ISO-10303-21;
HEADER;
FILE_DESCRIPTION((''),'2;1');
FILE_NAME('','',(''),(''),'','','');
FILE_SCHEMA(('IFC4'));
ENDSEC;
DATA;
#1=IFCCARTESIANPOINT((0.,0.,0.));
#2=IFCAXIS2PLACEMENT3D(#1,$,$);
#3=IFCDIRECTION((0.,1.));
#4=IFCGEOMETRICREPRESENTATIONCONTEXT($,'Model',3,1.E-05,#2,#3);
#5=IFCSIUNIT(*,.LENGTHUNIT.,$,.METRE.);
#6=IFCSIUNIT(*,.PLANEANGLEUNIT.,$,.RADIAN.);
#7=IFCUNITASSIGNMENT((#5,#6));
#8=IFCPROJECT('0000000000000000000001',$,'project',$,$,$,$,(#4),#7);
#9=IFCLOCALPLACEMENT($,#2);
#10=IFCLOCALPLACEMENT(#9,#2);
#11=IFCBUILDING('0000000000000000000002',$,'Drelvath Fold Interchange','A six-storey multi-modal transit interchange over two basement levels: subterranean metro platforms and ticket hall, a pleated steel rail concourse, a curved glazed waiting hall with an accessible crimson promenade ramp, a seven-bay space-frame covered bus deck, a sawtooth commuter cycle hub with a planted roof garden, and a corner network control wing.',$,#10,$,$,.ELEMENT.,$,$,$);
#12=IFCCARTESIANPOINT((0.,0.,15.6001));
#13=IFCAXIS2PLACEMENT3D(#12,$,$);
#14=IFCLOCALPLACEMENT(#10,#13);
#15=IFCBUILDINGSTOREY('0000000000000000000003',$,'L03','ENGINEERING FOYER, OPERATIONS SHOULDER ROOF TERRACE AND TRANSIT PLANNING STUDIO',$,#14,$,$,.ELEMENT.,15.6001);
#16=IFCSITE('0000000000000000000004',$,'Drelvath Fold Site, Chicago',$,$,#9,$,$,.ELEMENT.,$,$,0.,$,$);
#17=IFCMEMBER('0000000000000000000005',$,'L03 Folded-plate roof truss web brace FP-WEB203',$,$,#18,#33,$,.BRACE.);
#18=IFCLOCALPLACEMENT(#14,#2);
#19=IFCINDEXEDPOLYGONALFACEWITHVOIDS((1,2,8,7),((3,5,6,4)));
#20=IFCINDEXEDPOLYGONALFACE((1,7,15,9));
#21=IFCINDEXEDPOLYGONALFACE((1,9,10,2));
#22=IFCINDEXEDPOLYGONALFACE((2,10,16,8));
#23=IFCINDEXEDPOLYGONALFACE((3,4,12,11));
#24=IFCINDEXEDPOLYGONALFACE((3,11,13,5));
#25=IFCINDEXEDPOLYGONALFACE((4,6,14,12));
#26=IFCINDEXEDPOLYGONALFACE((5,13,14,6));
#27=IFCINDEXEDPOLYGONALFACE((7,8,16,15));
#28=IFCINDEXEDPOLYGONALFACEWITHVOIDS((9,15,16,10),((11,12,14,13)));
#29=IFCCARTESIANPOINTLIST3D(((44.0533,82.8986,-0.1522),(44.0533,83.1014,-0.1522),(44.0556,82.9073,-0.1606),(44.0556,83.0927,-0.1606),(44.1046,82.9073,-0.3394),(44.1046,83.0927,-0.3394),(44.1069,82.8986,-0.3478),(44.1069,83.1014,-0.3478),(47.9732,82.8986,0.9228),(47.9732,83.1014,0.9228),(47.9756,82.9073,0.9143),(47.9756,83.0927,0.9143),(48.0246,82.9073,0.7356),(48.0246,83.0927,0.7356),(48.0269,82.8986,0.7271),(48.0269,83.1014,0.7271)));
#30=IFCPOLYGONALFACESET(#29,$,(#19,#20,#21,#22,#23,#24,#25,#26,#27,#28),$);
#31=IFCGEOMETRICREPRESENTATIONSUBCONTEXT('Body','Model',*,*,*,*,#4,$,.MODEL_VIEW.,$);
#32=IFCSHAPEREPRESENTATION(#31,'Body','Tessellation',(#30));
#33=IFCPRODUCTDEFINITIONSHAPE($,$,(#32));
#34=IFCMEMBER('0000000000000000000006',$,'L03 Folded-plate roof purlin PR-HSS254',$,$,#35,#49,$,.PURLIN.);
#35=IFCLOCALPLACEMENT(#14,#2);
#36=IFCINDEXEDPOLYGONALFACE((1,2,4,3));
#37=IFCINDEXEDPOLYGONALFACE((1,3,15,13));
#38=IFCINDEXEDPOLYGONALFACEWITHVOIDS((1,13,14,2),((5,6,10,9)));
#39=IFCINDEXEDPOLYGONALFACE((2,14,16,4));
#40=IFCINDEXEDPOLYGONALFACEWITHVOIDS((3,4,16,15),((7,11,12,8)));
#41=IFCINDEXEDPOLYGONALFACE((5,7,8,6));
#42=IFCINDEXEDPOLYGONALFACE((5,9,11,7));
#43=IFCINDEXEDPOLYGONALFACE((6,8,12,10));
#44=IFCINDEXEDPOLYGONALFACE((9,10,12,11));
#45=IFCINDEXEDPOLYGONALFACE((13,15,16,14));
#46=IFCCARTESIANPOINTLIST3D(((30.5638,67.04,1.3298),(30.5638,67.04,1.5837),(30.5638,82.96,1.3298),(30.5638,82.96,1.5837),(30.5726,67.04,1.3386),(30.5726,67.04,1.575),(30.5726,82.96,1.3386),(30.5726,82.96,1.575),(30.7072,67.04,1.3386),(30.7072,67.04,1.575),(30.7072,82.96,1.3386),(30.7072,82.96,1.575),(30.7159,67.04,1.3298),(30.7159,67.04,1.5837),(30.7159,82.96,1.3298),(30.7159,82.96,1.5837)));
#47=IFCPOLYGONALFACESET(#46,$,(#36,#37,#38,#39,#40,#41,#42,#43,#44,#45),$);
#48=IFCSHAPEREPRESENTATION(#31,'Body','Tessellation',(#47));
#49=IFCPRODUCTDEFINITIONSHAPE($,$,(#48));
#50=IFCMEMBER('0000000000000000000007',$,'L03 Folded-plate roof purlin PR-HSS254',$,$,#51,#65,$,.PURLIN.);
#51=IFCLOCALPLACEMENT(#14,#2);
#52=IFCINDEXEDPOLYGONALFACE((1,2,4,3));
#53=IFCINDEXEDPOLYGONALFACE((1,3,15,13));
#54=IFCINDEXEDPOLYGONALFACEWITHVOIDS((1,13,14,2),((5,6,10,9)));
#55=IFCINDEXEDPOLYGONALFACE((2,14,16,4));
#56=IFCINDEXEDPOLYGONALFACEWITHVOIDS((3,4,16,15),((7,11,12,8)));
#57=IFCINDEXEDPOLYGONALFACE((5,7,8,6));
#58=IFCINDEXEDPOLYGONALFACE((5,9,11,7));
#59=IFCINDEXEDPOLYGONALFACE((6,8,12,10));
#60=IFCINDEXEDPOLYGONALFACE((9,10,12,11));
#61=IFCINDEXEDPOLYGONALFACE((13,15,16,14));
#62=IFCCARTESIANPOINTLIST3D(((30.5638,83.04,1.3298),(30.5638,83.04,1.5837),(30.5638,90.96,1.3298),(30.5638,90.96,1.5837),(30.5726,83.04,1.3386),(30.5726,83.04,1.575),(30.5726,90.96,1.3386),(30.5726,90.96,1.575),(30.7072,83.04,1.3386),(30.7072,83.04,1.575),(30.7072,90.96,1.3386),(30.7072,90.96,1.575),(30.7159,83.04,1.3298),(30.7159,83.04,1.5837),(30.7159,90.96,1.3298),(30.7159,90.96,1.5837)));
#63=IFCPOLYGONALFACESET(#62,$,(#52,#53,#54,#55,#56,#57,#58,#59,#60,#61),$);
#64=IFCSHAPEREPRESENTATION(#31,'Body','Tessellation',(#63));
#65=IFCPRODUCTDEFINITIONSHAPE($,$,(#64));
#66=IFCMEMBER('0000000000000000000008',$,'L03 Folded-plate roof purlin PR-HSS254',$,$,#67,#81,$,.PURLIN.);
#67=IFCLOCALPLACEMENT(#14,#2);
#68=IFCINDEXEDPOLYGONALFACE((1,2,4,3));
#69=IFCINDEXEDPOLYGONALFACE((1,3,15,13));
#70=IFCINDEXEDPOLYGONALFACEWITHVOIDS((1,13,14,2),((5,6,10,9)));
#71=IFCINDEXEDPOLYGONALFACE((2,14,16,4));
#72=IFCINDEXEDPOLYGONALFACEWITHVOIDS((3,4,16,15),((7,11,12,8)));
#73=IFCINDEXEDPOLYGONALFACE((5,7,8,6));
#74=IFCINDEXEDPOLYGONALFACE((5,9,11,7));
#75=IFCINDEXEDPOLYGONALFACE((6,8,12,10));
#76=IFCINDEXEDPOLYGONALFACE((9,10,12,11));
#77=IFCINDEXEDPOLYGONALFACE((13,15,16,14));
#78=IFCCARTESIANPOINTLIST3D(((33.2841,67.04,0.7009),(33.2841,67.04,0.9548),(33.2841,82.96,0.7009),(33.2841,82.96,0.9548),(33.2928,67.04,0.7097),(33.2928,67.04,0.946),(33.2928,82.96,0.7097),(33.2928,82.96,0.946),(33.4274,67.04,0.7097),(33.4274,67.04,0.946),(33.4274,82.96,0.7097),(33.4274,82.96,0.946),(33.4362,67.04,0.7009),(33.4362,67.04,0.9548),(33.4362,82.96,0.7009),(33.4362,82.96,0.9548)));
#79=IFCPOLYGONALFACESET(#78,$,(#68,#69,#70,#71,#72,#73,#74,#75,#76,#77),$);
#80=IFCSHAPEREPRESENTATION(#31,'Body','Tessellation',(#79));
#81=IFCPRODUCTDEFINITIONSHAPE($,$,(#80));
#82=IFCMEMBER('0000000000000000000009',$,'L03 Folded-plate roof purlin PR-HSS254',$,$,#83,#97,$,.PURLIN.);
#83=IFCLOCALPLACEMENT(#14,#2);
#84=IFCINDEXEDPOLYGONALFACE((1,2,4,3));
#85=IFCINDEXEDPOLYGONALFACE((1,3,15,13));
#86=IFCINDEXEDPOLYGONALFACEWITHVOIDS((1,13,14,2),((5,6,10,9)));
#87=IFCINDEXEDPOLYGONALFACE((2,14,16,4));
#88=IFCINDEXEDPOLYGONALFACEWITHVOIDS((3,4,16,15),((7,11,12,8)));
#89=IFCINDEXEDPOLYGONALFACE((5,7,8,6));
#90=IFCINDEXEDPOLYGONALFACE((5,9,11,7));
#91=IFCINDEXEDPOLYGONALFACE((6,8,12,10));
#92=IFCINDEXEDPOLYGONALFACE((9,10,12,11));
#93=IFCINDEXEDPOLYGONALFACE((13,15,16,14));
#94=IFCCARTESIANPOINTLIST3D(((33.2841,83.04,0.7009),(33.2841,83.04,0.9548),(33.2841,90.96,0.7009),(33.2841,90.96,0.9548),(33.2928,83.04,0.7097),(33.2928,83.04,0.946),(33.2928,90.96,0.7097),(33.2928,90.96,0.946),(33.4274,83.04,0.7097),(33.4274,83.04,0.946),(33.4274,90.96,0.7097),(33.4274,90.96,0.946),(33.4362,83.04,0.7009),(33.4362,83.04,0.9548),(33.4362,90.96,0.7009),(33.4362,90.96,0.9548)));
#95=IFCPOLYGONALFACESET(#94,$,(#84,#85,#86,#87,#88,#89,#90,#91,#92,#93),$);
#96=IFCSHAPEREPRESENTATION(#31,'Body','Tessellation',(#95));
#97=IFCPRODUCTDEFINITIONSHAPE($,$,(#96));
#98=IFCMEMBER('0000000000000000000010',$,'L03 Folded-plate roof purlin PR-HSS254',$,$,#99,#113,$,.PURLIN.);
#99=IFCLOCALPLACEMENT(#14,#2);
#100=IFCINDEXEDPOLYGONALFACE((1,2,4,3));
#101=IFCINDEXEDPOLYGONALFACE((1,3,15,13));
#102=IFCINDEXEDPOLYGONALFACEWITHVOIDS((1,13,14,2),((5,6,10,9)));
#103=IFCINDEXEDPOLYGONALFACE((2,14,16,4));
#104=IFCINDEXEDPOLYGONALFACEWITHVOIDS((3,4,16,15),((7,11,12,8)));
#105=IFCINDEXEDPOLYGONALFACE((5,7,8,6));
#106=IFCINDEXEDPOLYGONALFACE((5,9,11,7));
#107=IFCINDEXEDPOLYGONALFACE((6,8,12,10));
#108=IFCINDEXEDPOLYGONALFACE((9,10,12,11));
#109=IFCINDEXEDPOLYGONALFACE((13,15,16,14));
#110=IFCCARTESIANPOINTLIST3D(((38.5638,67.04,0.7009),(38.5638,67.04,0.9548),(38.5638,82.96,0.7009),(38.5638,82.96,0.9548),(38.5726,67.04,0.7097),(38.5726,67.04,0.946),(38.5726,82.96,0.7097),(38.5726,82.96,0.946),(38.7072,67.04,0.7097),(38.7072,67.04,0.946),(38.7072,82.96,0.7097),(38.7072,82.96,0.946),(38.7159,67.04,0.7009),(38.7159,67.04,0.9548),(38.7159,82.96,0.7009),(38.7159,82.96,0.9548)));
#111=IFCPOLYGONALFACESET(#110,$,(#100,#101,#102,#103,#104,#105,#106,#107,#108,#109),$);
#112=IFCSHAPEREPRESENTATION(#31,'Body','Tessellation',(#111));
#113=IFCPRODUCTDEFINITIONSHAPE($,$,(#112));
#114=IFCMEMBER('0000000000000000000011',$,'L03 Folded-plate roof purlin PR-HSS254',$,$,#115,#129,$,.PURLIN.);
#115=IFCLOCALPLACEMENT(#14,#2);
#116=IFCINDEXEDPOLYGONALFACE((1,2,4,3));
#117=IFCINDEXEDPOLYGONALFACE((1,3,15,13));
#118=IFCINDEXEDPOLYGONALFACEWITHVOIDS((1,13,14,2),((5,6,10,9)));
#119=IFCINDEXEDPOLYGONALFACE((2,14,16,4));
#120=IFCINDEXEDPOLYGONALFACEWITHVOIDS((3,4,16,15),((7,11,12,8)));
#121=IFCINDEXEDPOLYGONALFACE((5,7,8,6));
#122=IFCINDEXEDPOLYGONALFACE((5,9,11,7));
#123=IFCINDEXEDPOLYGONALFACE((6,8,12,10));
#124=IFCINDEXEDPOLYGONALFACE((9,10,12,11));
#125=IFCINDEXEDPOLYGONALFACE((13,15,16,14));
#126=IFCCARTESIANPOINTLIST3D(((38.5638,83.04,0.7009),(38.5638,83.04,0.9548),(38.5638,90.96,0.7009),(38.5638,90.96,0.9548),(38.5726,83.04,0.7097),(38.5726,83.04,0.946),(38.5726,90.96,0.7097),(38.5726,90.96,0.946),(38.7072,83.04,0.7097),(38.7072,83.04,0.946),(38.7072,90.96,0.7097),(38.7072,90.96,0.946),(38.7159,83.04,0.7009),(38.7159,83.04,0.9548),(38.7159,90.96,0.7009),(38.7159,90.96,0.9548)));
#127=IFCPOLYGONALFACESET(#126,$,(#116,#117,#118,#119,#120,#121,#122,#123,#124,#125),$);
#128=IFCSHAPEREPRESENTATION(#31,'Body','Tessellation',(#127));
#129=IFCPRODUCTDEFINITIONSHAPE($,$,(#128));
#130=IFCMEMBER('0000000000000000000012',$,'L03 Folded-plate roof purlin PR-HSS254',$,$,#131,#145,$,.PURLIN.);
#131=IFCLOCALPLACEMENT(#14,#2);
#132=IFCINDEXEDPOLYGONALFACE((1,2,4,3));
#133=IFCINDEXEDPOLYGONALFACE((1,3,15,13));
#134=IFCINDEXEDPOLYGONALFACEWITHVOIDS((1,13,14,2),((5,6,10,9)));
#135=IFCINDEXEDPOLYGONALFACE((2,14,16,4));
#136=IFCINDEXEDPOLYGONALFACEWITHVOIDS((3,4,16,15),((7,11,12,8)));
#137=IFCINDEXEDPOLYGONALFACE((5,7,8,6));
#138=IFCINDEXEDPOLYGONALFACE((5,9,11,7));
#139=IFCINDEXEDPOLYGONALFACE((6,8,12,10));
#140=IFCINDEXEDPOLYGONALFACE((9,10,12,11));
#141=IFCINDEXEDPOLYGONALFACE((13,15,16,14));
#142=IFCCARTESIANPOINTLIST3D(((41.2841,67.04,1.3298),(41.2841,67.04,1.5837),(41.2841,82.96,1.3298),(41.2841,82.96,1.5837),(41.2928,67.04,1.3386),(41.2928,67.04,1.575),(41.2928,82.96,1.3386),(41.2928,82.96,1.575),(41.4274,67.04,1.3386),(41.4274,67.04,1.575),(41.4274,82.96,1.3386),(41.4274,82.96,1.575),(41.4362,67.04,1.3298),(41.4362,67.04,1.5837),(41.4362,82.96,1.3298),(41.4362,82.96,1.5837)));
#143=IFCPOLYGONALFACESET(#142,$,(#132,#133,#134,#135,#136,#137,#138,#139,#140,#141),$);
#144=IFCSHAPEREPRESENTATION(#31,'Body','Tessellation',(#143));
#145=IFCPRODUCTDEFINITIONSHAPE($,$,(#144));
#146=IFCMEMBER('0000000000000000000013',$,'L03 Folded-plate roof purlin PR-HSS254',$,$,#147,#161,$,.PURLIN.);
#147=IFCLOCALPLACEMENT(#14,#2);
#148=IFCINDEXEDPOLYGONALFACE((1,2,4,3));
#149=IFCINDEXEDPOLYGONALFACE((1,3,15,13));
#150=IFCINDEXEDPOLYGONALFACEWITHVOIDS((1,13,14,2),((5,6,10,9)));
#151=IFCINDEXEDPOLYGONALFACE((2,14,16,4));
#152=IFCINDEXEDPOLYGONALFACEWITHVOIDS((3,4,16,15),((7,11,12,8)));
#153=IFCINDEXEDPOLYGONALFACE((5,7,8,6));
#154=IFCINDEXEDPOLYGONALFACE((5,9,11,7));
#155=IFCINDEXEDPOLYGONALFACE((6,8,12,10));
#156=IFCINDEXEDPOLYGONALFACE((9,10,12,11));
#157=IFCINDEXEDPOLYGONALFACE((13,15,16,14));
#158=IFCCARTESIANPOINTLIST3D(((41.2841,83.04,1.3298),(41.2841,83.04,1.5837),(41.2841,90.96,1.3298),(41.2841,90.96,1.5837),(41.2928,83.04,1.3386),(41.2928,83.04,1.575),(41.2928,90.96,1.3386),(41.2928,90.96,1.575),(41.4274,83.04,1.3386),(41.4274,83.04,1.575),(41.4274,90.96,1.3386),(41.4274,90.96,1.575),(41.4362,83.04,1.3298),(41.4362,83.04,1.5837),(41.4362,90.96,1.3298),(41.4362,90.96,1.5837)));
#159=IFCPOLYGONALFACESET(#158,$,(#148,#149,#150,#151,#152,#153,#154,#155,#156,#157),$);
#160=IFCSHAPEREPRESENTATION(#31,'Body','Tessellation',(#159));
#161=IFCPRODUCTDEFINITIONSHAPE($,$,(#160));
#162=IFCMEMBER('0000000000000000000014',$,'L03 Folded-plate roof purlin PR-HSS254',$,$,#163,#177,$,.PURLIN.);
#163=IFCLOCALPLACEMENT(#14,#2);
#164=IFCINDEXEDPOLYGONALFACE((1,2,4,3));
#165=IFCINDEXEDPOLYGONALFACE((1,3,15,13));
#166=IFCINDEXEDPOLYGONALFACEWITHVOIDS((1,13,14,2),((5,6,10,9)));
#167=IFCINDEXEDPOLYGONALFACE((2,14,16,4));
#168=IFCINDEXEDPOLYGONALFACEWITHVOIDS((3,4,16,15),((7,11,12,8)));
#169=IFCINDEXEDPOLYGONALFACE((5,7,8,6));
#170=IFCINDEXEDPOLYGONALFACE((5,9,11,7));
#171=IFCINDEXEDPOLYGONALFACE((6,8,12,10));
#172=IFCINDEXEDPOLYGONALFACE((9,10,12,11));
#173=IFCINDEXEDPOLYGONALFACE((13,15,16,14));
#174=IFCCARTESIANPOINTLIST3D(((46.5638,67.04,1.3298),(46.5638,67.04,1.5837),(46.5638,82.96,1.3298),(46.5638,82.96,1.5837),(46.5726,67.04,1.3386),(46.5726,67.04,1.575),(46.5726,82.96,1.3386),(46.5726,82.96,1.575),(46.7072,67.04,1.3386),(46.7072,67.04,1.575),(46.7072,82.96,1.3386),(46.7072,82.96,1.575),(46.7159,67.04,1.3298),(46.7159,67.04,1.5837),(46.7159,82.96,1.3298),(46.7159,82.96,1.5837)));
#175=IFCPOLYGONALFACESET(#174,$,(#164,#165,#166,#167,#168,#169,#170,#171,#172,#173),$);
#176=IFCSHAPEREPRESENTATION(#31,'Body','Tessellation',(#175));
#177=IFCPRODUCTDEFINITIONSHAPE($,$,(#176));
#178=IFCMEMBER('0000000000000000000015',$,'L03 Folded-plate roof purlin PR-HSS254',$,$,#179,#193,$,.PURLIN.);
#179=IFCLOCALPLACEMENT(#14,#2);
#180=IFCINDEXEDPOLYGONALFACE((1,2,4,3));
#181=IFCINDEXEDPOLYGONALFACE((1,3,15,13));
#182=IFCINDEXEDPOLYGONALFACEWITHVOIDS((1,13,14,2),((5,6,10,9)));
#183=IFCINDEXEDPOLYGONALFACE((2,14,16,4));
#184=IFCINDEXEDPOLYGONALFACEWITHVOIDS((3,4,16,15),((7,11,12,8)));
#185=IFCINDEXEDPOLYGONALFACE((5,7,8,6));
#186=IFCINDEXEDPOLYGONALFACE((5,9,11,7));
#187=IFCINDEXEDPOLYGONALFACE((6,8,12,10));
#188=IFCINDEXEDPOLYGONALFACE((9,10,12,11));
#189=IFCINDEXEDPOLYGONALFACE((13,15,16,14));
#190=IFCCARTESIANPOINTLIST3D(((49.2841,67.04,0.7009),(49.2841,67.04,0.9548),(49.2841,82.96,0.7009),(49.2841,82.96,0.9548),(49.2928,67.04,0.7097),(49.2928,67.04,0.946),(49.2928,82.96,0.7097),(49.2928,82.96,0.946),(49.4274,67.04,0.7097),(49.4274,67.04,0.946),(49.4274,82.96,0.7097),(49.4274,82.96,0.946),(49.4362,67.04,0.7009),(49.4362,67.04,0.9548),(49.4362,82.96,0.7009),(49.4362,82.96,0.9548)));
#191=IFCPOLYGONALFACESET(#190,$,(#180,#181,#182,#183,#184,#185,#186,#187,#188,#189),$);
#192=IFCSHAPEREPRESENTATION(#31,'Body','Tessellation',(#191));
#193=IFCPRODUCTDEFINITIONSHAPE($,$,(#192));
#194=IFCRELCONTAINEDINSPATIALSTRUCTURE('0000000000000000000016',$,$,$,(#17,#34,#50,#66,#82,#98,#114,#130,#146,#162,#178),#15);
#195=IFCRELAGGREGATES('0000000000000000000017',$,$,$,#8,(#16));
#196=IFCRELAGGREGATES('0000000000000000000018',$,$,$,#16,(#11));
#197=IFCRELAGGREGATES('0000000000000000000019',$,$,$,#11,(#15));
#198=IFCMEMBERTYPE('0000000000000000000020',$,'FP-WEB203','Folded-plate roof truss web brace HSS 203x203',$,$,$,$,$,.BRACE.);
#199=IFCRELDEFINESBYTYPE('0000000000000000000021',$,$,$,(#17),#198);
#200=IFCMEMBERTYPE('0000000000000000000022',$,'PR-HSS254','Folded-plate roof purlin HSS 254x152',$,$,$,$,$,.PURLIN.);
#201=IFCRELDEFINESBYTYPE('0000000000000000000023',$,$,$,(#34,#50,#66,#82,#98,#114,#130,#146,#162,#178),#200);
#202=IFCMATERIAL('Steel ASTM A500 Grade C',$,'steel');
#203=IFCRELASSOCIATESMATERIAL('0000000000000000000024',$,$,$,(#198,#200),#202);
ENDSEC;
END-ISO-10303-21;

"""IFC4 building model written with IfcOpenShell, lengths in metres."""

from ifc_helpers import new_model, si_unit, direction, frame, origin, origin_2d, place, context, subcontext, project, spatial, hollow_rectangle, extrude, material, material_profile, profile_set, type_object, element, save


model = new_model("IFC4")

# Units and contexts
model_context = context("Model", 3, precision=1e-05, world=origin(), true_north=direction((0.0, 1.0)))
body_context = subcontext(model_context, "Body", "Model", "MODEL_VIEW")
ifc_project = project(units=[si_unit("LENGTHUNIT", "METRE"), si_unit("PLANEANGLEUNIT", "RADIAN")], contexts=[model_context])

# Site, building, storey
site_placement = place(None, origin())
site = spatial("IfcSite", under=ifc_project, at=site_placement, Name="Drelvath Fold Site, Chicago", CompositionType="ELEMENT", RefElevation=0.0)
building_placement = place(site_placement, origin())
building = spatial("IfcBuilding", under=site, at=building_placement, Name="Drelvath Fold Interchange", Description="A six-storey multi-modal transit interchange over two basement levels: subterranean metro platforms and ticket hall, a pleated steel rail concourse, a curved glazed waiting hall with an accessible crimson promenade ramp, a seven-bay space-frame covered bus deck, a sawtooth commuter cycle hub with a planted roof garden, and a corner network control wing.", CompositionType="ELEMENT")
storey_placement = place(building_placement, frame((0.0, 0.0, 15.6001)))
storey = spatial("IfcBuildingStorey", under=building, at=storey_placement, Name="L03", Description="ENGINEERING FOYER, OPERATIONS SHOULDER ROOF TERRACE AND TRANSIT PLANNING STUDIO", CompositionType="ELEMENT", Elevation=15.6001)

# Members
ifc_material_1 = material(Name="Steel ASTM A500 Grade C", Category="steel")
ifc_material_profile_1 = material_profile(ifc_material_1, hollow_rectangle(XDim=0.2029, YDim=0.2029, WallThickness=0.0088, at=origin_2d()), Name="HSS8X8X3/8")
ifc_profile_set_1 = profile_set([ifc_material_profile_1], Name="Steel ASTM A500 Grade C")
member_type_1 = type_object("IfcMemberType", Name="FP-WEB203", Description="Folded-plate roof truss web brace HSS 203x203", PredefinedType="BRACE", material=ifc_profile_set_1)
for number, where, z_axis, x_axis, name in (
    (1, (44.0801, 83.0, -0.25), (0.964396, 0.0, 0.264464), (0.0, 1.0, 0.0), "L03 Folded-plate roof truss web brace FP-WEB203"),
):
    element("IfcMember", number, at=place(storey_placement, frame(where, z_axis=z_axis, x_axis=x_axis)), inside=storey, type_object=member_type_1, Name=name, PredefinedType="BRACE", context=body_context, shape_type="SweptSolid", body=[
        extrude(hollow_rectangle(XDim=0.2029, YDim=0.2029, WallThickness=0.0088, at=origin_2d()), origin(), (0.0, 0.0, 1.0), 4.0647),
    ])
ifc_material_profile_2 = material_profile(ifc_material_1, hollow_rectangle(XDim=0.1521, YDim=0.2539, WallThickness=0.0088, at=origin_2d()), Name="HSS10X6X3/8")
ifc_profile_set_2 = profile_set([ifc_material_profile_2], Name="Steel ASTM A500 Grade C")
member_type_2 = type_object("IfcMemberType", Name="PR-HSS254", Description="Folded-plate roof purlin HSS 254x152", PredefinedType="PURLIN", material=ifc_profile_set_2)
member_1_placement = place(storey_placement, frame((30.6399, 67.04, 1.4568), z_axis=(0.0, 1.0, 0.0), x_axis=(-1.0, 0.0, 0.0)))
element("IfcMember", 2, at=member_1_placement, inside=storey, type_object=member_type_2, Name="L03 Folded-plate roof purlin PR-HSS254", PredefinedType="PURLIN", context=body_context, shape_type="SweptSolid", body=[
    extrude(hollow_rectangle(XDim=0.1521, YDim=0.2539, WallThickness=0.0088, at=origin_2d()), origin(), (0.0, 0.0, 1.0), 15.9199),
])
member_2_placement = place(storey_placement, frame((30.6399, 83.04, 1.4568), z_axis=(0.0, 1.0, 0.0), x_axis=(-1.0, 0.0, 0.0)))
element("IfcMember", 3, at=member_2_placement, inside=storey, type_object=member_type_2, Name="L03 Folded-plate roof purlin PR-HSS254", PredefinedType="PURLIN", context=body_context, shape_type="SweptSolid", body=[
    extrude(hollow_rectangle(XDim=0.1521, YDim=0.2539, WallThickness=0.0088, at=origin_2d()), origin(), (0.0, 0.0, 1.0), 7.9199),
])
member_3_placement = place(storey_placement, frame((33.3601, 67.04, 0.8279), z_axis=(0.0, 1.0, 0.0), x_axis=(-1.0, 0.0, 0.0)))
element("IfcMember", 4, at=member_3_placement, inside=storey, type_object=member_type_2, Name="L03 Folded-plate roof purlin PR-HSS254", PredefinedType="PURLIN", context=body_context, shape_type="SweptSolid", body=[
    extrude(hollow_rectangle(XDim=0.1521, YDim=0.2539, WallThickness=0.0088, at=origin_2d()), origin(), (0.0, 0.0, 1.0), 15.9199),
])
member_4_placement = place(storey_placement, frame((33.3601, 83.04, 0.8279), z_axis=(0.0, 1.0, 0.0), x_axis=(-1.0, 0.0, 0.0)))
element("IfcMember", 5, at=member_4_placement, inside=storey, type_object=member_type_2, Name="L03 Folded-plate roof purlin PR-HSS254", PredefinedType="PURLIN", context=body_context, shape_type="SweptSolid", body=[
    extrude(hollow_rectangle(XDim=0.1521, YDim=0.2539, WallThickness=0.0088, at=origin_2d()), origin(), (0.0, 0.0, 1.0), 7.9199),
])
member_5_placement = place(storey_placement, frame((38.6399, 67.04, 0.8279), z_axis=(0.0, 1.0, 0.0), x_axis=(-1.0, 0.0, 0.0)))
element("IfcMember", 6, at=member_5_placement, inside=storey, type_object=member_type_2, Name="L03 Folded-plate roof purlin PR-HSS254", PredefinedType="PURLIN", context=body_context, shape_type="SweptSolid", body=[
    extrude(hollow_rectangle(XDim=0.1521, YDim=0.2539, WallThickness=0.0088, at=origin_2d()), origin(), (0.0, 0.0, 1.0), 15.9199),
])
member_6_placement = place(storey_placement, frame((38.6399, 83.04, 0.8279), z_axis=(0.0, 1.0, 0.0), x_axis=(-1.0, 0.0, 0.0)))
element("IfcMember", 7, at=member_6_placement, inside=storey, type_object=member_type_2, Name="L03 Folded-plate roof purlin PR-HSS254", PredefinedType="PURLIN", context=body_context, shape_type="SweptSolid", body=[
    extrude(hollow_rectangle(XDim=0.1521, YDim=0.2539, WallThickness=0.0088, at=origin_2d()), origin(), (0.0, 0.0, 1.0), 7.9199),
])
member_7_placement = place(storey_placement, frame((41.3601, 67.04, 1.4568), z_axis=(0.0, 1.0, 0.0), x_axis=(-1.0, 0.0, 0.0)))
element("IfcMember", 8, at=member_7_placement, inside=storey, type_object=member_type_2, Name="L03 Folded-plate roof purlin PR-HSS254", PredefinedType="PURLIN", context=body_context, shape_type="SweptSolid", body=[
    extrude(hollow_rectangle(XDim=0.1521, YDim=0.2539, WallThickness=0.0088, at=origin_2d()), origin(), (0.0, 0.0, 1.0), 15.9199),
])
member_8_placement = place(storey_placement, frame((41.3601, 83.04, 1.4568), z_axis=(0.0, 1.0, 0.0), x_axis=(-1.0, 0.0, 0.0)))
element("IfcMember", 9, at=member_8_placement, inside=storey, type_object=member_type_2, Name="L03 Folded-plate roof purlin PR-HSS254", PredefinedType="PURLIN", context=body_context, shape_type="SweptSolid", body=[
    extrude(hollow_rectangle(XDim=0.1521, YDim=0.2539, WallThickness=0.0088, at=origin_2d()), origin(), (0.0, 0.0, 1.0), 7.9199),
])
for number, where, z_axis, x_axis, name in (
    (10, (46.6399, 67.04, 1.4568), (0.0, 1.0, 0.0), (-1.0, 0.0, 0.0), "L03 Folded-plate roof purlin PR-HSS254"),
    (11, (49.3601, 67.04, 0.8279), (0.0, 1.0, 0.0), (-1.0, 0.0, 0.0), "L03 Folded-plate roof purlin PR-HSS254"),
):
    element("IfcMember", number, at=place(storey_placement, frame(where, z_axis=z_axis, x_axis=x_axis)), inside=storey, type_object=member_type_2, Name=name, PredefinedType="PURLIN", context=body_context, shape_type="SweptSolid", body=[
        extrude(hollow_rectangle(XDim=0.1521, YDim=0.2539, WallThickness=0.0088, at=origin_2d()), origin(), (0.0, 0.0, 1.0), 15.9199),
    ])

save(model, "model.ifc")
